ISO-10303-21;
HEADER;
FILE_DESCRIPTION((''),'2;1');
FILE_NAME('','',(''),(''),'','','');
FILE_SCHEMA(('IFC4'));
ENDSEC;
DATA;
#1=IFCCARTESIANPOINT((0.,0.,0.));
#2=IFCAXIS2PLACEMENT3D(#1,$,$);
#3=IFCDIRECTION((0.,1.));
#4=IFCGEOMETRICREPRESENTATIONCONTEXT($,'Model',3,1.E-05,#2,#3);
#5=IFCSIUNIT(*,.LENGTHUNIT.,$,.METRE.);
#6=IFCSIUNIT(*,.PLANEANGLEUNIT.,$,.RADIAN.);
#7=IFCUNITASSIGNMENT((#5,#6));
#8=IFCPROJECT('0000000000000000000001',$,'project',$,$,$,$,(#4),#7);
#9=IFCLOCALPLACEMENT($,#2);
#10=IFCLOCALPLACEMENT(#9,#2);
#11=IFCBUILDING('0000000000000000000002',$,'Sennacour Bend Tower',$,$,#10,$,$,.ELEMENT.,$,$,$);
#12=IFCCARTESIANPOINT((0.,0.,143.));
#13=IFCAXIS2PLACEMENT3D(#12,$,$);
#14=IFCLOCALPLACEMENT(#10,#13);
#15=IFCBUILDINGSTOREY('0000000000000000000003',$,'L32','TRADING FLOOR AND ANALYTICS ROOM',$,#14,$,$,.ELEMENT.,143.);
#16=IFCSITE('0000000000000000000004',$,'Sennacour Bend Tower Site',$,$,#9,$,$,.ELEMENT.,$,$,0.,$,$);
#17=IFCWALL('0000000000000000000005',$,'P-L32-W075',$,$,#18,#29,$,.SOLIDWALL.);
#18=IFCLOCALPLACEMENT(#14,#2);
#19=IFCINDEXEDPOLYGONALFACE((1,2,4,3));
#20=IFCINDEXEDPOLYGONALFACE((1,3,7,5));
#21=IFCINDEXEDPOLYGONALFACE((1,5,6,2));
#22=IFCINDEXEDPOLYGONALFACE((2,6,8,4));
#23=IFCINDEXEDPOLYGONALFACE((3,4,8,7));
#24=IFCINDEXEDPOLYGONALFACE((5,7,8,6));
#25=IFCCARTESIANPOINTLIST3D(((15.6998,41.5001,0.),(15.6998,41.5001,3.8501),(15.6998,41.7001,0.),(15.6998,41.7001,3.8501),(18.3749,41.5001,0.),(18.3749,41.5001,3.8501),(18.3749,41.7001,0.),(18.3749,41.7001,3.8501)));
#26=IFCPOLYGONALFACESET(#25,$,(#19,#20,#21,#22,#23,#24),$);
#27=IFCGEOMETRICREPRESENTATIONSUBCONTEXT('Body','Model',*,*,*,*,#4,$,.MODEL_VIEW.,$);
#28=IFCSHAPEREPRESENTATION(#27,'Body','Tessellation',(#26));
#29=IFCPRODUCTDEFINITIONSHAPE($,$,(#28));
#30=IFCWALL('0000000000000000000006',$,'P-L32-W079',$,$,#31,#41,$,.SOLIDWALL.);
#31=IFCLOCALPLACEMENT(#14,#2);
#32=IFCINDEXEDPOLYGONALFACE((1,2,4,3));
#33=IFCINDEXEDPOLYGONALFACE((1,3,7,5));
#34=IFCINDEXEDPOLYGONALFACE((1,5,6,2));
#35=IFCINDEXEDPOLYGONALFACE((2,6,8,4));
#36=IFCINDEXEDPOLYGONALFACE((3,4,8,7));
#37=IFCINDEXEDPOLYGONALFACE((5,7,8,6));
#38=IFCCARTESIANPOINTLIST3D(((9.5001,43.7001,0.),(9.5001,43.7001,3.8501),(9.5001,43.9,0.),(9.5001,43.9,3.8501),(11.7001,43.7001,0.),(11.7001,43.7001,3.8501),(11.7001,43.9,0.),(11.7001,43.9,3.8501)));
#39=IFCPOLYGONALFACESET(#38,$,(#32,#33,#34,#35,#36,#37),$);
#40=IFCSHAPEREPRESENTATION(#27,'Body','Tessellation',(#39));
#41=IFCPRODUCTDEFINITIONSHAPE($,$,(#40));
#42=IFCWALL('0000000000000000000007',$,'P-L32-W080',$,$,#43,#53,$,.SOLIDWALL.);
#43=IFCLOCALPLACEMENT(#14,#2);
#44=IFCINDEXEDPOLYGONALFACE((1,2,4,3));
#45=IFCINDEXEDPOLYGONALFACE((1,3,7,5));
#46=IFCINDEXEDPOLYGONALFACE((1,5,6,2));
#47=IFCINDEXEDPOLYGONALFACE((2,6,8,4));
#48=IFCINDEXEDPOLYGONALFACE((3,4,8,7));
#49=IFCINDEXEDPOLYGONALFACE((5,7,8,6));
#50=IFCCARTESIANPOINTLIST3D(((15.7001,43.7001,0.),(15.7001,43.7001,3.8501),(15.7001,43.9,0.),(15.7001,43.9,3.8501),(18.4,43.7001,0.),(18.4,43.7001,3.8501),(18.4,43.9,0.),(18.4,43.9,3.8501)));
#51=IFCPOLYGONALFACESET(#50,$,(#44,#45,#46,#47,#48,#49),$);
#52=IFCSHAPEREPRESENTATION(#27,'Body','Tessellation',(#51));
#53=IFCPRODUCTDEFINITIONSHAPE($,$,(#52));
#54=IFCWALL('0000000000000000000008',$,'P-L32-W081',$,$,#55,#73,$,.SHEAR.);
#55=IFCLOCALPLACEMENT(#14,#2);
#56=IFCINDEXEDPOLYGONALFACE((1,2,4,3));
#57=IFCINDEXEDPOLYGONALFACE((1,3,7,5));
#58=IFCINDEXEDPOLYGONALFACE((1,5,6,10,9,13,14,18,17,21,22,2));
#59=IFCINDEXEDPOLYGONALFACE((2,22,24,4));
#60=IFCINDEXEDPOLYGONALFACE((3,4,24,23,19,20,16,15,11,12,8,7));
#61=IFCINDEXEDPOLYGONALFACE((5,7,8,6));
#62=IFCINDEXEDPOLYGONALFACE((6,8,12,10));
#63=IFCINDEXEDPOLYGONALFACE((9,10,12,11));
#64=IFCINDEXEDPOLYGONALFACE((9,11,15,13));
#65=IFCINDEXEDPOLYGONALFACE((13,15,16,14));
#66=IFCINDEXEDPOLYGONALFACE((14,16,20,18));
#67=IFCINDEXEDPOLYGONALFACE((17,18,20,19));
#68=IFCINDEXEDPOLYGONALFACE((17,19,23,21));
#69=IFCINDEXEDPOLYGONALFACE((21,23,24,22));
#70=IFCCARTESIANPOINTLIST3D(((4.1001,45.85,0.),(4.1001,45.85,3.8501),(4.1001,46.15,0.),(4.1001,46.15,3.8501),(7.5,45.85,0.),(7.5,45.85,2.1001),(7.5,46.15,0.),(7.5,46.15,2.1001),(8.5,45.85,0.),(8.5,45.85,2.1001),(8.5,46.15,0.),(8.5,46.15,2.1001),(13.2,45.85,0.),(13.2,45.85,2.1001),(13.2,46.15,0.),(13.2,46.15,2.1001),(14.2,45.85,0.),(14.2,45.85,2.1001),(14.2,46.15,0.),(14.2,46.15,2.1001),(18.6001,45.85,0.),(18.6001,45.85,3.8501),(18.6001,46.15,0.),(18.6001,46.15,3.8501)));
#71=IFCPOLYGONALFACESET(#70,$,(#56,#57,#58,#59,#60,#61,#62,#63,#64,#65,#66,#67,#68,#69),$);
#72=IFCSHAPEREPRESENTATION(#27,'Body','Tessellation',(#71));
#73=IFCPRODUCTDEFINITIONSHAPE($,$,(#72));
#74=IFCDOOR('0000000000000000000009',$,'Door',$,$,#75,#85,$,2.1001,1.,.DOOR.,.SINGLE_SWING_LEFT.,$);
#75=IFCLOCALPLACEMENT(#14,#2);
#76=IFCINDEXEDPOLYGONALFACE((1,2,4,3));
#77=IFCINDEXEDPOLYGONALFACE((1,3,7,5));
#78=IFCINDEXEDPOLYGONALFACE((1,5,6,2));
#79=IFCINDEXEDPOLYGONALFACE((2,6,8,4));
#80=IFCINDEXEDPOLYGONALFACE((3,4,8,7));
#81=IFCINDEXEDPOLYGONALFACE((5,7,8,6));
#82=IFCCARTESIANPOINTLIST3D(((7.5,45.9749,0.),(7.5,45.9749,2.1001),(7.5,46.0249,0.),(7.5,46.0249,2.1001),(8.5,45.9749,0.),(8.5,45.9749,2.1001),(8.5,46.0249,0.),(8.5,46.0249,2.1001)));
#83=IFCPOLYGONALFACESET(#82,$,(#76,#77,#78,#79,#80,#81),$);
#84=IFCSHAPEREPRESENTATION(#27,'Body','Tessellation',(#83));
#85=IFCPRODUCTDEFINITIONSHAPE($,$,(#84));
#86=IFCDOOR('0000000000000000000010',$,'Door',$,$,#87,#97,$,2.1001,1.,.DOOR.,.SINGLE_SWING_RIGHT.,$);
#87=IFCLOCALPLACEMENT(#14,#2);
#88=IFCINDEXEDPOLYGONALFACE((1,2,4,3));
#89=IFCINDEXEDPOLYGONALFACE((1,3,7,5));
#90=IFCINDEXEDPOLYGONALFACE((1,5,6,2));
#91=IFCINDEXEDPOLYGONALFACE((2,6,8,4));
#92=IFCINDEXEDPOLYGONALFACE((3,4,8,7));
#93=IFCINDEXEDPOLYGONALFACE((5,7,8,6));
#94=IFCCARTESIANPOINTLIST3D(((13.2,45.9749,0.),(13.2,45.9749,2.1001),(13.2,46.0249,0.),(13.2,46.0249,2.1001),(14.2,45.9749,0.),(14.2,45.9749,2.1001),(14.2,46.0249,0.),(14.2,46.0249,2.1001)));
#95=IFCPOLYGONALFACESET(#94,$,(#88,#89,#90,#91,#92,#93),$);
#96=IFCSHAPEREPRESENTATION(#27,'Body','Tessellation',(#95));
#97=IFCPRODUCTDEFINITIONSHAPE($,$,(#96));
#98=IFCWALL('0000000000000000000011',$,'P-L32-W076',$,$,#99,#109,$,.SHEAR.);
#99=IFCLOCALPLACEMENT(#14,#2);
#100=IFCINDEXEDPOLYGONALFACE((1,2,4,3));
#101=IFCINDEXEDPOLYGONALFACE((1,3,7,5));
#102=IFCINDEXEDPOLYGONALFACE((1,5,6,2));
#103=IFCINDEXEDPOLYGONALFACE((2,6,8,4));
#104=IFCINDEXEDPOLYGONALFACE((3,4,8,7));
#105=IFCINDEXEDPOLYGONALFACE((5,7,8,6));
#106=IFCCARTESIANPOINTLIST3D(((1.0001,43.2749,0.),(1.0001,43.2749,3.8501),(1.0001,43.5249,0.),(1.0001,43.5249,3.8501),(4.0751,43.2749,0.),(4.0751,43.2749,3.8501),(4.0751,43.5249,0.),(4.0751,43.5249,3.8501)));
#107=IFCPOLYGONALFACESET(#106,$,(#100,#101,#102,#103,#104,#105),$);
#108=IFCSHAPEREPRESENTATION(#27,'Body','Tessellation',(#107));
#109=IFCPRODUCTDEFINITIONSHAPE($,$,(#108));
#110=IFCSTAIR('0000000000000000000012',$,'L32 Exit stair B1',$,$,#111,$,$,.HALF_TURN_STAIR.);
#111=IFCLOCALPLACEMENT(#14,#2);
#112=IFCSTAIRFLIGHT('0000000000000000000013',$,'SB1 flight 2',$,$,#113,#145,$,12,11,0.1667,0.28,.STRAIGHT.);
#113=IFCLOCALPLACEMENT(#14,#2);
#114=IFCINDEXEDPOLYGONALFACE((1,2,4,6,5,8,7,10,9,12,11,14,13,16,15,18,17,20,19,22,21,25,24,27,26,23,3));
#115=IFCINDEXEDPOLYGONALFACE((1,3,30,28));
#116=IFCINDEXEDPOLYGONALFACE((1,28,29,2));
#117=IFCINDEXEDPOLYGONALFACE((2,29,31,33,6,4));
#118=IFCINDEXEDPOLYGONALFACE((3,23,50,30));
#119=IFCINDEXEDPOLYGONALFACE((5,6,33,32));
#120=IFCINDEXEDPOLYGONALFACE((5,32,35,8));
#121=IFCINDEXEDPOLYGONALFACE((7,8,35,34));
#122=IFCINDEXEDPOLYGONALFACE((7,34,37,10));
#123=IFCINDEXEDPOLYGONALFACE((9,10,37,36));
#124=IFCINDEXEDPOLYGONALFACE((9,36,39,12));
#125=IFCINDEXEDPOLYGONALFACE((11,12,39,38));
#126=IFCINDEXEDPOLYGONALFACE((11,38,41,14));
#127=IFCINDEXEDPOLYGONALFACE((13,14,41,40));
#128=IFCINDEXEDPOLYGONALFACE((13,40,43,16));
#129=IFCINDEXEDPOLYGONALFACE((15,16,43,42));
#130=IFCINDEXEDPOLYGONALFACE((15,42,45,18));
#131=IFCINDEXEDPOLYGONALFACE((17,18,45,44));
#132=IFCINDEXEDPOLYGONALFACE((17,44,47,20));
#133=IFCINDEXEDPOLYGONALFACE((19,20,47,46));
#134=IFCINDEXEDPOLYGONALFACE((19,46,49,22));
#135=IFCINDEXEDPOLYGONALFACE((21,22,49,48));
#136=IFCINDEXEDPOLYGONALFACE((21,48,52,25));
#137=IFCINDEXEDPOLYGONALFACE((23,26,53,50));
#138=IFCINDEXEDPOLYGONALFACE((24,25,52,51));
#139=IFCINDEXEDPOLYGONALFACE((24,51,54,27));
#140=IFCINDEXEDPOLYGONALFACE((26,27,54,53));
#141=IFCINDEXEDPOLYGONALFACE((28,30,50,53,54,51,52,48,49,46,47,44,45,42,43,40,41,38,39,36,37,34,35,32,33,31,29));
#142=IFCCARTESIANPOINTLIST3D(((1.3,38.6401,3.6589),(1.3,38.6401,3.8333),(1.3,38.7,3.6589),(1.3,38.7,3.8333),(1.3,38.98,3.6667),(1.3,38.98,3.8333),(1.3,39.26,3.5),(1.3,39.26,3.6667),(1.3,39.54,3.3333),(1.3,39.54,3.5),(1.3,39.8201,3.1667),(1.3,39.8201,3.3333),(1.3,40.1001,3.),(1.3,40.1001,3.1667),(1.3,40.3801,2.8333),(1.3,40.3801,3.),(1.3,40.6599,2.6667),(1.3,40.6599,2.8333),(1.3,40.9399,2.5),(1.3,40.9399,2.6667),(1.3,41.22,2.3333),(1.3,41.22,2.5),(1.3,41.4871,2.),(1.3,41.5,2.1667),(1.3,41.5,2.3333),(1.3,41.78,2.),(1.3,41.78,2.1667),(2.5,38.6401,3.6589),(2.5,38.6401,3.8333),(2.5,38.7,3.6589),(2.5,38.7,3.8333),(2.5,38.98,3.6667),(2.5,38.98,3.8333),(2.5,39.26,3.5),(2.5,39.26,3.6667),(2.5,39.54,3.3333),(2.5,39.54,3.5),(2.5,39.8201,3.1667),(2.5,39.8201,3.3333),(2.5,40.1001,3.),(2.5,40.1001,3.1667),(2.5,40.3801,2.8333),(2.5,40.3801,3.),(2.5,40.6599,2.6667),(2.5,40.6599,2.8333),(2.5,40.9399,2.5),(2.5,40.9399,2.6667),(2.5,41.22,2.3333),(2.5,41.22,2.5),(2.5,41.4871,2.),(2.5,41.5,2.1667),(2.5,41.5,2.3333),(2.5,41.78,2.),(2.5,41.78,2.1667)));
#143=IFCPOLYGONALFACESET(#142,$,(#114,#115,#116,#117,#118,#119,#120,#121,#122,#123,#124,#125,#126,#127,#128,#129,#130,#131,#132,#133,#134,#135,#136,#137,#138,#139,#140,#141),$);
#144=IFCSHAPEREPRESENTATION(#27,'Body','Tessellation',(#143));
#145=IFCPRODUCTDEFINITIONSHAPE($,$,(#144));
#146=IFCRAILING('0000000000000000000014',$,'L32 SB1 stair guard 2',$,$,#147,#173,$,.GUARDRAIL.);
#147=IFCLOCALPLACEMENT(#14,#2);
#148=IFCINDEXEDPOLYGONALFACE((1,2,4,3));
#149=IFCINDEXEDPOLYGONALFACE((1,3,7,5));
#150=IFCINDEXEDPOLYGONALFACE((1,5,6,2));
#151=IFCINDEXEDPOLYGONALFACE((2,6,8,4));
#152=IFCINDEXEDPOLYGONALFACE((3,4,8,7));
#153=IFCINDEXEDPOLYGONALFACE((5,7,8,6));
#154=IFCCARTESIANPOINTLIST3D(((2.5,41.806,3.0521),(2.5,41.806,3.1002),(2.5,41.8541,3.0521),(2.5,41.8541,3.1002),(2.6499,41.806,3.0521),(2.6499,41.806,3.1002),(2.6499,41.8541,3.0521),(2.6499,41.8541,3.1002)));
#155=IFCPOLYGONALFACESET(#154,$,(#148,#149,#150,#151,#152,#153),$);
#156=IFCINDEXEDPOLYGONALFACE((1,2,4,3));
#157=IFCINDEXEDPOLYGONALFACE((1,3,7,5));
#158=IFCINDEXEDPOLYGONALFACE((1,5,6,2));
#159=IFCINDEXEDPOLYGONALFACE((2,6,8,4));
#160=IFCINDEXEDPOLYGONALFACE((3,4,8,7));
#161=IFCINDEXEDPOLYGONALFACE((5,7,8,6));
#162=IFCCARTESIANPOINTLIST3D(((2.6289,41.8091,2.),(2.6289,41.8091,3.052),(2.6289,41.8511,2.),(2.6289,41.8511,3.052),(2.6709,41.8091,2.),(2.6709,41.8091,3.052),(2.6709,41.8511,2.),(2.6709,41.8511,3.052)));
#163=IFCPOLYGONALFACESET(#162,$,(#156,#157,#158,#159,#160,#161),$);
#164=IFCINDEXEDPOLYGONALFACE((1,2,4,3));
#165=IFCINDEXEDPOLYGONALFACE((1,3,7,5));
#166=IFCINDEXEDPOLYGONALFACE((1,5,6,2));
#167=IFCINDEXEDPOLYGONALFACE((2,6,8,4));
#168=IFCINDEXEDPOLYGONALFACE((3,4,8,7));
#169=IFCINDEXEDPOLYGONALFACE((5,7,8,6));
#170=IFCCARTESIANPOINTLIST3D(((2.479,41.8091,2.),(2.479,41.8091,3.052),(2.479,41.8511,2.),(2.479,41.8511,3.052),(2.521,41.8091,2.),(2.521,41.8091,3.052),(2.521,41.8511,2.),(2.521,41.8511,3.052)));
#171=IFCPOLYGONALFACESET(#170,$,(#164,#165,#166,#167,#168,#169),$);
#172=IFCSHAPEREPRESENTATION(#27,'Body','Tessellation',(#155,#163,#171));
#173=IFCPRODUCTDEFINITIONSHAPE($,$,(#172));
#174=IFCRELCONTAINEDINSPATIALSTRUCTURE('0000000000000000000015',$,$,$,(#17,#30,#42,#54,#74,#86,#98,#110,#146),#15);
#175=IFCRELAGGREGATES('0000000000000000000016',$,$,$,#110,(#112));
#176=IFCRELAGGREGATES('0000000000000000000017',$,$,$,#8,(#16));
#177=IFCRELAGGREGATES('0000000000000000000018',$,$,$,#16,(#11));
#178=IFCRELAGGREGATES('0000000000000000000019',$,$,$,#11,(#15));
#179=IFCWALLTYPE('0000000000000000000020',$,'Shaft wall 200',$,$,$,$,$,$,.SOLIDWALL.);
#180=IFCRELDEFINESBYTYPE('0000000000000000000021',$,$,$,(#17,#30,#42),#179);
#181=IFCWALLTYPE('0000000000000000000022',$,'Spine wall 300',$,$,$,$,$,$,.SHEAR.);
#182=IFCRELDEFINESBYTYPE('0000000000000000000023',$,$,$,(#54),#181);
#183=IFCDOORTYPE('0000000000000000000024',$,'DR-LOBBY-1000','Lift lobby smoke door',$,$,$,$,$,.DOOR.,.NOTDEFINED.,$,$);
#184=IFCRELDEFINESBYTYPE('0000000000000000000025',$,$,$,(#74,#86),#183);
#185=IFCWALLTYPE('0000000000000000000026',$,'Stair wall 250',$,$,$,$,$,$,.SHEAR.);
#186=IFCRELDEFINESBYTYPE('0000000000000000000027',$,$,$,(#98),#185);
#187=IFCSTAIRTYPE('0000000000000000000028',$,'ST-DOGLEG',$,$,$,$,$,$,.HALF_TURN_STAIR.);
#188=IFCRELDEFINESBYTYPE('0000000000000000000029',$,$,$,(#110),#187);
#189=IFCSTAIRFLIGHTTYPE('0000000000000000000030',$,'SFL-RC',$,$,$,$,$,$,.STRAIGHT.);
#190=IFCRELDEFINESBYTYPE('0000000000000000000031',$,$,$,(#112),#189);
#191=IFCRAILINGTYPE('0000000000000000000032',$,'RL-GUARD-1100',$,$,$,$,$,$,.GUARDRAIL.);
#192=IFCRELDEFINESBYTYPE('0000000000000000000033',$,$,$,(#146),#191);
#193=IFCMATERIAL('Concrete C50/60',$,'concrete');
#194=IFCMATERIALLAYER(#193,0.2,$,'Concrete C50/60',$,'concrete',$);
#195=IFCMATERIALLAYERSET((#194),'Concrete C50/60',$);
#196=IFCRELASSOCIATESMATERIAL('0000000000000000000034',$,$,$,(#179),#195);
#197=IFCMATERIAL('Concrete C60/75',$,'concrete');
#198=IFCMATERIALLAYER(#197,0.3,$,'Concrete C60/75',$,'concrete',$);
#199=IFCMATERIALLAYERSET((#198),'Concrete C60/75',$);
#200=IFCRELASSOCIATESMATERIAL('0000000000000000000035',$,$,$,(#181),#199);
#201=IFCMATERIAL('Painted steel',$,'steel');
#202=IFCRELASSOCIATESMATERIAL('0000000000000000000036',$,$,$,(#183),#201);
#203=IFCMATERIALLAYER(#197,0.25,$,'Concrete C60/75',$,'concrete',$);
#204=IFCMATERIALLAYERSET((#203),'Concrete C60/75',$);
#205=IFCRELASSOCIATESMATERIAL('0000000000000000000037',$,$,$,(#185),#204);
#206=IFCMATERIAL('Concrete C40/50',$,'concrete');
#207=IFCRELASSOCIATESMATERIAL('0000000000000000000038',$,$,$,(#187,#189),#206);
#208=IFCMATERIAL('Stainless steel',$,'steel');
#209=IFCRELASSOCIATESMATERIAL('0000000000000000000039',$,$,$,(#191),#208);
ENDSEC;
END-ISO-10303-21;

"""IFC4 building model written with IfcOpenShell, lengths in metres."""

from ifc_helpers import new_model, si_unit, direction, frame, frame_2d, origin, origin_2d, place, context, subcontext, project, spatial, polyline, rectangle, outline, extrude, material, layer, layer_set, type_object, element, fill, aggregate, save


model = new_model("IFC4")

# Units and contexts
model_context = context("Model", 3, precision=1e-05, world=origin(), true_north=direction((0.0, 1.0)))
body_context = subcontext(model_context, "Body", "Model", "MODEL_VIEW")
ifc_project = project(units=[si_unit("LENGTHUNIT", "METRE"), si_unit("PLANEANGLEUNIT", "RADIAN")], contexts=[model_context])

# Site, building, storey
site_placement = place(None, origin())
site = spatial("IfcSite", under=ifc_project, at=site_placement, Name="Sennacour Bend Tower Site", CompositionType="ELEMENT", RefElevation=0.0)
building_placement = place(site_placement, origin())
building = spatial("IfcBuilding", under=site, at=building_placement, Name="Sennacour Bend Tower", CompositionType="ELEMENT")
storey_placement = place(building_placement, frame((0.0, 0.0, 143.0)))
storey = spatial("IfcBuildingStorey", under=building, at=storey_placement, Name="L32", Description="TRADING FLOOR AND ANALYTICS ROOM", CompositionType="ELEMENT", Elevation=143.0)

# Shared definitions
ifc_material_1 = material(Name="Concrete C60/75", Category="concrete")

# Shared definitions
ifc_material_2 = material(Name="Painted steel", Category="steel")

# Walls
ifc_material_3 = material(Name="Concrete C50/60", Category="concrete")
ifc_layer_1 = layer(ifc_material_3, 0.2, Name="Concrete C50/60", Category="concrete")
ifc_layer_set_1 = layer_set([ifc_layer_1], Name="Concrete C50/60")
wall_type_1 = type_object("IfcWallType", Name="Shaft wall 200", PredefinedType="SOLIDWALL", material=ifc_layer_set_1)
wall_1_placement = place(storey_placement, frame((15.7, 41.6001, 0.0), z_axis=(0.0, 0.0, 1.0), x_axis=(1.0, 0.0, 0.0)))
element("IfcWall", 1, at=wall_1_placement, inside=storey, type_object=wall_type_1, Name="P-L32-W075", PredefinedType="SOLIDWALL", context=body_context, shape_type="SweptSolid", body=[
    extrude(rectangle(XDim=2.675, YDim=0.2, at=frame_2d((1.3374, 0.0))), origin(), (0.0, 0.0, 1.0), 3.8501),
])
wall_2_placement = place(storey_placement, frame((9.5, 43.8, 0.0), z_axis=(0.0, 0.0, 1.0), x_axis=(1.0, 0.0, 0.0)))
element("IfcWall", 2, at=wall_2_placement, inside=storey, type_object=wall_type_1, Name="P-L32-W079", PredefinedType="SOLIDWALL", context=body_context, shape_type="SweptSolid", body=[
    extrude(rectangle(XDim=2.2, YDim=0.2, at=frame_2d((1.1001, 0.0))), origin(), (0.0, 0.0, 1.0), 3.8501),
])
wall_3_placement = place(storey_placement, frame((15.7, 43.8, 0.0), z_axis=(0.0, 0.0, 1.0), x_axis=(1.0, 0.0, 0.0)))
element("IfcWall", 3, at=wall_3_placement, inside=storey, type_object=wall_type_1, Name="P-L32-W080", PredefinedType="SOLIDWALL", context=body_context, shape_type="SweptSolid", body=[
    extrude(rectangle(XDim=2.7, YDim=0.2, at=frame_2d((1.3501, 0.0))), origin(), (0.0, 0.0, 1.0), 3.8501),
])

# Wall, openings, doors
ifc_layer_2 = layer(ifc_material_1, 0.3, Name="Concrete C60/75", Category="concrete")
ifc_layer_set_2 = layer_set([ifc_layer_2], Name="Concrete C60/75")
wall_type_2 = type_object("IfcWallType", Name="Spine wall 300", PredefinedType="SHEAR", material=ifc_layer_set_2)
wall_4_placement = place(storey_placement, frame((4.1001, 46.0, 0.0), z_axis=(0.0, 0.0, 1.0), x_axis=(1.0, 0.0, 0.0)))
wall_4 = element("IfcWall", 4, at=wall_4_placement, inside=storey, type_object=wall_type_2, Name="P-L32-W081", PredefinedType="SHEAR", context=body_context, shape_type="SweptSolid", body=[
    extrude(rectangle(XDim=14.5, YDim=0.3, at=frame_2d((7.25, 0.0))), origin(), (0.0, 0.0, 1.0), 3.8501),
])
opening_1_placement = place(wall_4_placement, frame((3.3999, 0.0, 0.0)))
opening_1 = element("IfcOpeningElement", 5, at=opening_1_placement, cuts=wall_4, PredefinedType="OPENING", context=body_context, shape_type="SweptSolid", body=[
    extrude(rectangle(XDim=1.0, YDim=2.1001, at=frame_2d((0.5, 1.05))), frame((0.0, 0.1602, 0.0), z_axis=(0.0, -1.0, 0.0), x_axis=(1.0, 0.0, 0.0)), (0.0, 0.0, 1.0), 0.3201),
])
opening_2_placement = place(wall_4_placement, frame((9.0999, 0.0, 0.0)))
opening_2 = element("IfcOpeningElement", 6, at=opening_2_placement, cuts=wall_4, PredefinedType="OPENING", context=body_context, shape_type="SweptSolid", body=[
    extrude(rectangle(XDim=1.0, YDim=2.1001, at=frame_2d((0.5, 1.05))), frame((0.0, 0.1602, 0.0), z_axis=(0.0, -1.0, 0.0), x_axis=(1.0, 0.0, 0.0)), (0.0, 0.0, 1.0), 0.3201),
])
door_type_1 = type_object("IfcDoorType", Name="DR-LOBBY-1000", Description="Lift lobby smoke door", OperationType="NOTDEFINED", PredefinedType="DOOR", material=ifc_material_2)
door_1_placement = place(opening_1_placement, origin())
door_1 = element("IfcDoor", 7, at=door_1_placement, inside=storey, type_object=door_type_1, Name="Door", OperationType="SINGLE_SWING_LEFT", OverallHeight=2.1001, OverallWidth=1.0, PredefinedType="DOOR", context=body_context, shape_type="SweptSolid", body=[
    extrude(rectangle(XDim=1.0, YDim=2.1001, at=frame_2d((0.5, 1.05))), frame((0.0, 0.0249, 0.0), z_axis=(0.0, -1.0, 0.0), x_axis=(1.0, 0.0, 0.0)), (0.0, 0.0, 1.0), 0.05),
])
fill(opening_1, door_1)
door_2_placement = place(opening_2_placement, origin())
door_2 = element("IfcDoor", 8, at=door_2_placement, inside=storey, type_object=door_type_1, Name="Door", OperationType="SINGLE_SWING_RIGHT", OverallHeight=2.1001, OverallWidth=1.0, PredefinedType="DOOR", context=body_context, shape_type="SweptSolid", body=[
    extrude(rectangle(XDim=1.0, YDim=2.1001, at=frame_2d((0.5, 1.05))), frame((0.0, 0.0249, 0.0), z_axis=(0.0, -1.0, 0.0), x_axis=(1.0, 0.0, 0.0)), (0.0, 0.0, 1.0), 0.05),
])
fill(opening_2, door_2)

# Wall
ifc_layer_3 = layer(ifc_material_1, 0.25, Name="Concrete C60/75", Category="concrete")
ifc_layer_set_3 = layer_set([ifc_layer_3], Name="Concrete C60/75")
wall_type_3 = type_object("IfcWallType", Name="Stair wall 250", PredefinedType="SHEAR", material=ifc_layer_set_3)
wall_5_placement = place(storey_placement, frame((1.0, 43.3999, 0.0), z_axis=(0.0, 0.0, 1.0), x_axis=(1.0, 0.0, 0.0)))
element("IfcWall", 9, at=wall_5_placement, inside=storey, type_object=wall_type_3, Name="P-L32-W076", PredefinedType="SHEAR", context=body_context, shape_type="SweptSolid", body=[
    extrude(rectangle(XDim=3.075, YDim=0.25, at=frame_2d((1.5376, 0.0))), origin(), (0.0, 0.0, 1.0), 3.8501),
])

# Stair, stair flight
ifc_material_4 = material(Name="Concrete C40/50", Category="concrete")
stair_type = type_object("IfcStairType", Name="ST-DOGLEG", PredefinedType="HALF_TURN_STAIR", material=ifc_material_4)
stair_placement = place(storey_placement, origin())
stair = element("IfcStair", 10, at=stair_placement, inside=storey, type_object=stair_type, Name="L32 Exit stair B1", PredefinedType="HALF_TURN_STAIR")
stair_flight_type = type_object("IfcStairFlightType", Name="SFL-RC", PredefinedType="STRAIGHT", material=ifc_material_4)
stair_flight_placement = place(storey_placement, frame((1.8999, 41.78, 2.0), z_axis=(0.0, 0.0, 1.0), x_axis=(0.0, -1.0, 0.0)))
stair_flight = element("IfcStairFlight", 11, at=stair_flight_placement, type_object=stair_flight_type, Name="SB1 flight 2", NumberOfRisers=12, NumberOfTreads=11, PredefinedType="STRAIGHT", RiserHeight=0.1667, TreadLength=0.28, context=body_context, shape_type="SweptSolid", body=[
    extrude(outline(polyline([(0.0, 0.0), (0.0, 0.1667), (0.28, 0.1667), (0.28, 0.3333), (0.5601, 0.3333), (0.5601, 0.5), (0.8401, 0.5), (0.8401, 0.6667), (1.1201, 0.6667), (1.1201, 0.8333), (1.3999, 0.8333), (1.3999, 1.0), (1.6799, 1.0), (1.6799, 1.1667), (1.96, 1.1667), (1.96, 1.3333), (2.24, 1.3333), (2.24, 1.5), (2.52, 1.5), (2.52, 1.6667), (2.8, 1.6667), (2.8, 1.8333), (3.0801, 1.8333), (3.1399, 1.8333), (3.1399, 1.6589), (3.0801, 1.6589), (0.293, 0.0), (0.0, 0.0)])), frame((0.0, 0.6001, 0.0), z_axis=(0.0, -1.0, 0.0), x_axis=(1.0, 0.0, 0.0)), (0.0, 0.0, 1.0), 1.2),
])
aggregate(stair, [stair_flight])

# Railing
ifc_material_5 = material(Name="Stainless steel", Category="steel")
railing_type_1 = type_object("IfcRailingType", Name="RL-GUARD-1100", PredefinedType="GUARDRAIL", material=ifc_material_5)
railing_1_placement = place(storey_placement, frame((2.6499, 41.8301, 2.0)))
element("IfcRailing", 12, at=railing_1_placement, inside=storey, type_object=railing_type_1, Name="L32 SB1 stair guard 2", PredefinedType="GUARDRAIL", context=body_context, shape_type="SweptSolid", body=[
    extrude(rectangle(XDim=0.0481, YDim=0.0481, at=origin_2d()), frame((0.0, 0.0, 1.0762), z_axis=(-1.0, 0.0, 0.0), x_axis=(0.0, -1.0, 0.0)), (0.0, 0.0, 1.0), 0.1499),
    extrude(rectangle(XDim=0.042, YDim=0.042, at=origin_2d()), origin(), (0.0, 0.0, 1.0), 1.052),
    extrude(rectangle(XDim=0.042, YDim=0.042, at=origin_2d()), frame((-0.1499, 0.0, 0.0)), (0.0, 0.0, 1.0), 1.052),
])

save(model, "model.ifc")
